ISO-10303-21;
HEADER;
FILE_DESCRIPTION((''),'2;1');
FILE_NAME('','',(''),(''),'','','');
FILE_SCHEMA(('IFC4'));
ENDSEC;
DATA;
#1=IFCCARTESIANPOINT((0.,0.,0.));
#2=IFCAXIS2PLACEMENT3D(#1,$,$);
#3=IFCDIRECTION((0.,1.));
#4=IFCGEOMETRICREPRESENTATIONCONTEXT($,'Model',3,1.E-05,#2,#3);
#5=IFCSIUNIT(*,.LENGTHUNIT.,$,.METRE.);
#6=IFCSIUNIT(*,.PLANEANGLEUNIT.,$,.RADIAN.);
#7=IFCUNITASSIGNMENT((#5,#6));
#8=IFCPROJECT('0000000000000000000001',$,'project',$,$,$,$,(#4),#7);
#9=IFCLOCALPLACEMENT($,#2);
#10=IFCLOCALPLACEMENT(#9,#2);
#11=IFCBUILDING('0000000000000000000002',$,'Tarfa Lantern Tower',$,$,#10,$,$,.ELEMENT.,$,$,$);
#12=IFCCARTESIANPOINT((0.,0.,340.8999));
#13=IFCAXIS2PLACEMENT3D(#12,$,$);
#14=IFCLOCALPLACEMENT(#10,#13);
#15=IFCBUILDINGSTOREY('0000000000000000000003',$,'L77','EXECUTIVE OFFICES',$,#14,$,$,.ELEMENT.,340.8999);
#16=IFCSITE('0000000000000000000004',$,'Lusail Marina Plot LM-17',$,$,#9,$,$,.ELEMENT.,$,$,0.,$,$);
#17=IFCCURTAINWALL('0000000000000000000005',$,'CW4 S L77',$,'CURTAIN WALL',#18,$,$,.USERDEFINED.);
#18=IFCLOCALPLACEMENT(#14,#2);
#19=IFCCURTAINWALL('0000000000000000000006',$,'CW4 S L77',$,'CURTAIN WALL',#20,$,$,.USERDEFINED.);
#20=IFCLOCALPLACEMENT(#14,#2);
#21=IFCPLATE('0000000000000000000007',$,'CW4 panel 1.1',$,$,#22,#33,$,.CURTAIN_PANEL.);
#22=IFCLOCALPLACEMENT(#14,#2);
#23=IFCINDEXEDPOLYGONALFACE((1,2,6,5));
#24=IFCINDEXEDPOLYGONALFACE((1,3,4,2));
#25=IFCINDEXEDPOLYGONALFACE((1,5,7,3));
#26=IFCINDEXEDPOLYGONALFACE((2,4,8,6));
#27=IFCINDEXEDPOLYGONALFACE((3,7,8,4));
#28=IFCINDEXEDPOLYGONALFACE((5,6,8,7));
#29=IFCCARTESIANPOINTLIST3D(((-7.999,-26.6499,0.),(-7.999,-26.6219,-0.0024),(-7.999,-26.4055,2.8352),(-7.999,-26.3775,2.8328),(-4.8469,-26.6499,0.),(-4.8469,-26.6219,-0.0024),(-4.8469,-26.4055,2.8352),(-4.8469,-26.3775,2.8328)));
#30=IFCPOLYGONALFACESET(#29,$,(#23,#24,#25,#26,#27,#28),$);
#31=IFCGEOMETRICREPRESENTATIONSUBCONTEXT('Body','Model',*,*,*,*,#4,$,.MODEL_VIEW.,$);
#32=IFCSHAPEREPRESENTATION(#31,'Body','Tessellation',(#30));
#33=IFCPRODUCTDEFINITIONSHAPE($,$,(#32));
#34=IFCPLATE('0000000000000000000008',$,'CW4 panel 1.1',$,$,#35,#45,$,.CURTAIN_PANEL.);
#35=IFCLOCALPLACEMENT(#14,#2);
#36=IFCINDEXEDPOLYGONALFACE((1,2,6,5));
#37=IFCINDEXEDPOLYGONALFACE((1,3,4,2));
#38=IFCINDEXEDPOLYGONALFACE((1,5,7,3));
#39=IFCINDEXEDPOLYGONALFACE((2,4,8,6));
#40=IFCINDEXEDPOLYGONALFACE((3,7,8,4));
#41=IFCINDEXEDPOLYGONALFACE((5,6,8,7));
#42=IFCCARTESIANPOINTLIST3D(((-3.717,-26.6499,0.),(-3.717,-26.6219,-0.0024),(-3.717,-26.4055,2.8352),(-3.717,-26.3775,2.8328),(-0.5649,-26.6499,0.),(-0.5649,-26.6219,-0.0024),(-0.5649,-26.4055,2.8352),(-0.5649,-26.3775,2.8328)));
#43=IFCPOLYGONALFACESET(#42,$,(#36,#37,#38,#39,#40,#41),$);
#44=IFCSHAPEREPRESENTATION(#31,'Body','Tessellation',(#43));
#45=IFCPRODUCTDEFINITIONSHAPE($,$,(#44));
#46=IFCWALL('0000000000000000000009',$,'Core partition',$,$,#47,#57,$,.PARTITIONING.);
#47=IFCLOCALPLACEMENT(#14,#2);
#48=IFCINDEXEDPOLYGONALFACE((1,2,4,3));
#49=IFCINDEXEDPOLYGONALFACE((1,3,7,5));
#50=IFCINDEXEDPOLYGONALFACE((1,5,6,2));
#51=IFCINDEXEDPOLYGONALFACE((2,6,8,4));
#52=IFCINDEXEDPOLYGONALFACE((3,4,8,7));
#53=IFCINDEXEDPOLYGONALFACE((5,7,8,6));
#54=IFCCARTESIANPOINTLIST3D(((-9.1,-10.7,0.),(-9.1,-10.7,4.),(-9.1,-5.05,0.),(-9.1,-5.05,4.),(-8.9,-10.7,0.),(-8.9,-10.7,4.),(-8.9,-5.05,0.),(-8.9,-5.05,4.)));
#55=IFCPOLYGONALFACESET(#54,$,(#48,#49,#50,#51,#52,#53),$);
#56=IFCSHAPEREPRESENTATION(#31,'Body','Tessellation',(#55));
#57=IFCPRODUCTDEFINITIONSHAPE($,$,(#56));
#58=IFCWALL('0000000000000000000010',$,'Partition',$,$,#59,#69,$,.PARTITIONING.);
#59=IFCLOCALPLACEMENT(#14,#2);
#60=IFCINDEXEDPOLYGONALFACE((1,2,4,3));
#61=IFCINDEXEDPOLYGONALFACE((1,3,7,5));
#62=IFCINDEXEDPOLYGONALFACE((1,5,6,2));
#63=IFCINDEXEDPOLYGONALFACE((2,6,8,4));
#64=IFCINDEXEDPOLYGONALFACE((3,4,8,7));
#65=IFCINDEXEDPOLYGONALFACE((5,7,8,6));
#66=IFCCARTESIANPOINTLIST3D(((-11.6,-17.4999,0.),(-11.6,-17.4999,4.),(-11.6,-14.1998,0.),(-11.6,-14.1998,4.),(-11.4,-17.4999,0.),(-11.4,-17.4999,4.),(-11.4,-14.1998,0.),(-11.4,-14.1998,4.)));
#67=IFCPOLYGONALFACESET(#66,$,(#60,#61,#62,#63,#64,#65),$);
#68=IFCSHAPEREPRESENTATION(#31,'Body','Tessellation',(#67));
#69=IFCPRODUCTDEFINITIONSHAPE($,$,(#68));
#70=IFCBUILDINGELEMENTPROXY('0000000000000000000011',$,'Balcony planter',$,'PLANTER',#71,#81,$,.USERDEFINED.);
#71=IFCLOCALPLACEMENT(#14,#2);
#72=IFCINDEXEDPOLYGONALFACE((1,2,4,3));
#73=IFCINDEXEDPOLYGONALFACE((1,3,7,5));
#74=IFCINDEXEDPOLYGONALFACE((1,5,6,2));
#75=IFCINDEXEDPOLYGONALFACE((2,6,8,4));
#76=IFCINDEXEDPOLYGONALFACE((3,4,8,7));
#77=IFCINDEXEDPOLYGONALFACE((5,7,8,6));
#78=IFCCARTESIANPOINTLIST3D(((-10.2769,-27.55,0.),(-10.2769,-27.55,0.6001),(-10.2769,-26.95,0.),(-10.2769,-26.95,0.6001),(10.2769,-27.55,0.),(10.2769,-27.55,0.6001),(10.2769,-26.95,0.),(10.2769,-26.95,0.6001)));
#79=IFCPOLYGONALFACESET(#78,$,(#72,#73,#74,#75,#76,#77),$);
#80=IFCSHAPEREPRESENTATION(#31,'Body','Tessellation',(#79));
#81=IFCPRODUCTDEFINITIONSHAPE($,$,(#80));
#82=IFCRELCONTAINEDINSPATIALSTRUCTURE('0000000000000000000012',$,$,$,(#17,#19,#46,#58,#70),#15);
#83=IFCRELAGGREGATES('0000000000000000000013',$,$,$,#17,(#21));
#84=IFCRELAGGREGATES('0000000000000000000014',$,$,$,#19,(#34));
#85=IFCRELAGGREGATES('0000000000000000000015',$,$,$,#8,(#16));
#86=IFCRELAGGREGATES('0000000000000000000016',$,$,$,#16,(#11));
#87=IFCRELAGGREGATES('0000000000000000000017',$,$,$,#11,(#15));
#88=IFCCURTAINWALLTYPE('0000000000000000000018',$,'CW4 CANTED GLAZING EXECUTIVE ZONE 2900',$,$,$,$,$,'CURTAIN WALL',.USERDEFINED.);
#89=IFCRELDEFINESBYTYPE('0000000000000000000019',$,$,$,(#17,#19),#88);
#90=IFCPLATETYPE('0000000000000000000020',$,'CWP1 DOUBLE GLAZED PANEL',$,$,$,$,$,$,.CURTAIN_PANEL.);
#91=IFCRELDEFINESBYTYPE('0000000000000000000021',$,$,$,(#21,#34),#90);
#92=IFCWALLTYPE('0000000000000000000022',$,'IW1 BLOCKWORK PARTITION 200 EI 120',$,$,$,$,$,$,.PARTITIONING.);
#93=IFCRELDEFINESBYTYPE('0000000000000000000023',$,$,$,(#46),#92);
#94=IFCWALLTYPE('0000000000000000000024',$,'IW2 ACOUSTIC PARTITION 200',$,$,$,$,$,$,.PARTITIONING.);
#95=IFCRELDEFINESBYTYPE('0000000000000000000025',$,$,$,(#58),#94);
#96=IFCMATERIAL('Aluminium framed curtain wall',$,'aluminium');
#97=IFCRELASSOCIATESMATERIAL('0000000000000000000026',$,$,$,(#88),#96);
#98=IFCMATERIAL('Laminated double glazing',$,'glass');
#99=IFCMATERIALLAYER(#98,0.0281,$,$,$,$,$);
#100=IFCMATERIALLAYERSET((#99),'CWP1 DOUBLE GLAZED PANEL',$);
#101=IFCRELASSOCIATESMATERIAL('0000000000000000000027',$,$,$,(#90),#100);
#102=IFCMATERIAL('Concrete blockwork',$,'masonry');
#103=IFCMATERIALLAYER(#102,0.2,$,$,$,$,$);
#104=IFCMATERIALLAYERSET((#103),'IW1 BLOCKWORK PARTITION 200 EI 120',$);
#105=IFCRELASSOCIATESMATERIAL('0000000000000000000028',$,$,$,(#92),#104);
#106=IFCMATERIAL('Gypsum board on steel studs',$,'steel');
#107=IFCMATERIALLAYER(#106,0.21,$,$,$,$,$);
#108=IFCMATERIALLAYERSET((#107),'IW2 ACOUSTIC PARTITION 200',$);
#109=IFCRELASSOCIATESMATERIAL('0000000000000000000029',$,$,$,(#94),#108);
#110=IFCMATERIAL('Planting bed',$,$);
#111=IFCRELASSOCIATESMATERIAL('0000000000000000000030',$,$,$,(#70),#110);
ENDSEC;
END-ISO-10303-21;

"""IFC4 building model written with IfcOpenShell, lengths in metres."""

from ifc_helpers import new_model, si_unit, direction, frame, frame_2d, origin, origin_2d, place, context, subcontext, project, spatial, polyline, rectangle, outline, extrude, material, layer, layer_set, type_object, element, aggregate, save


model = new_model("IFC4")

# Units and contexts
model_context = context("Model", 3, precision=1e-05, world=origin(), true_north=direction((0.0, 1.0)))
body_context = subcontext(model_context, "Body", "Model", "MODEL_VIEW")
ifc_project = project(units=[si_unit("LENGTHUNIT", "METRE"), si_unit("PLANEANGLEUNIT", "RADIAN")], contexts=[model_context])

# Site, building, storey
site_placement = place(None, origin())
site = spatial("IfcSite", under=ifc_project, at=site_placement, Name="Lusail Marina Plot LM-17", CompositionType="ELEMENT", RefElevation=0.0)
building_placement = place(site_placement, origin())
building = spatial("IfcBuilding", under=site, at=building_placement, Name="Tarfa Lantern Tower", CompositionType="ELEMENT")
storey_placement = place(building_placement, frame((0.0, 0.0, 340.8999)))
storey = spatial("IfcBuildingStorey", under=building, at=storey_placement, Name="L77", Description="EXECUTIVE OFFICES", CompositionType="ELEMENT", Elevation=340.8999)

# Shared definitions
ifc_material_1 = material(Name="Aluminium framed curtain wall", Category="aluminium")
curtain_wall_type = type_object("IfcCurtainWallType", Name="CW4 CANTED GLAZING EXECUTIVE ZONE 2900", ElementType="CURTAIN WALL", PredefinedType="USERDEFINED", material=ifc_material_1)

# Curtain walls
curtain_wall_1_placement = place(storey_placement, origin())
curtain_wall_1 = element("IfcCurtainWall", 1, at=curtain_wall_1_placement, inside=storey, type_object=curtain_wall_type, Name="CW4 S L77", ObjectType="CURTAIN WALL", PredefinedType="USERDEFINED")
curtain_wall_2_placement = place(storey_placement, origin())
curtain_wall_2 = element("IfcCurtainWall", 2, at=curtain_wall_2_placement, inside=storey, type_object=curtain_wall_type, Name="CW4 S L77", ObjectType="CURTAIN WALL", PredefinedType="USERDEFINED")

# Plates
ifc_material_2 = material(Name="Laminated double glazing", Category="glass")
ifc_layer_1 = layer(ifc_material_2, 0.0281)
ifc_layer_set_1 = layer_set([ifc_layer_1], Name="CWP1 DOUBLE GLAZED PANEL")
plate_type = type_object("IfcPlateType", Name="CWP1 DOUBLE GLAZED PANEL", PredefinedType="CURTAIN_PANEL", material=ifc_layer_set_1)
plate_1_placement = place(storey_placement, frame((-7.999, -26.6499, 0.0), z_axis=(0.0, -0.996306, 0.085878), x_axis=(1.0, 0.0, 0.0)))
plate_1 = element("IfcPlate", 3, at=plate_1_placement, type_object=plate_type, Name="CW4 panel 1.1", PredefinedType="CURTAIN_PANEL", context=body_context, shape_type="SweptSolid", body=[
    extrude(outline(polyline([(0.0, 0.0), (3.1521, 0.0), (3.1521, 2.8457), (0.0, 2.8457), (0.0, 0.0)])), origin(), (0.0, 0.0, -1.0), 0.0281),
])
aggregate(curtain_wall_1, [plate_1])
plate_2_placement = place(storey_placement, frame((-3.717, -26.6499, 0.0), z_axis=(0.0, -0.996306, 0.085878), x_axis=(1.0, 0.0, 0.0)))
plate_2 = element("IfcPlate", 4, at=plate_2_placement, type_object=plate_type, Name="CW4 panel 1.1", PredefinedType="CURTAIN_PANEL", context=body_context, shape_type="SweptSolid", body=[
    extrude(outline(polyline([(0.0, 0.0), (3.1521, 0.0), (3.1521, 2.8457), (0.0, 2.8457), (0.0, 0.0)])), origin(), (0.0, 0.0, -1.0), 0.0281),
])
aggregate(curtain_wall_2, [plate_2])

# Walls
ifc_material_3 = material(Name="Concrete blockwork", Category="masonry")
ifc_layer_2 = layer(ifc_material_3, 0.2)
ifc_layer_set_2 = layer_set([ifc_layer_2], Name="IW1 BLOCKWORK PARTITION 200 EI 120")
wall_type_1 = type_object("IfcWallType", Name="IW1 BLOCKWORK PARTITION 200 EI 120", PredefinedType="PARTITIONING", material=ifc_layer_set_2)
wall_1_placement = place(storey_placement, frame((-9.0, -5.05, 0.0), z_axis=(0.0, 0.0, 1.0), x_axis=(0.0, -1.0, 0.0)))
element("IfcWall", 5, at=wall_1_placement, inside=storey, type_object=wall_type_1, Name="Core partition", PredefinedType="PARTITIONING", context=body_context, shape_type="SweptSolid", body=[
    extrude(rectangle(XDim=5.6499, YDim=0.2, at=frame_2d((2.825, 0.0))), origin(), (0.0, 0.0, 1.0), 4.0),
])
ifc_material_4 = material(Name="Gypsum board on steel studs", Category="steel")
ifc_layer_3 = layer(ifc_material_4, 0.21)
ifc_layer_set_3 = layer_set([ifc_layer_3], Name="IW2 ACOUSTIC PARTITION 200")
wall_type_2 = type_object("IfcWallType", Name="IW2 ACOUSTIC PARTITION 200", PredefinedType="PARTITIONING", material=ifc_layer_set_3)
wall_2_placement = place(storey_placement, frame((-11.5, -14.2, 0.0), z_axis=(0.0, 0.0, 1.0), x_axis=(0.0, -1.0, 0.0)))
element("IfcWall", 6, at=wall_2_placement, inside=storey, type_object=wall_type_2, Name="Partition", PredefinedType="PARTITIONING", context=body_context, shape_type="SweptSolid", body=[
    extrude(rectangle(XDim=3.3, YDim=0.2, at=frame_2d((1.6499, 0.0))), origin(), (0.0, 0.0, 1.0), 4.0),
])

# Building element proxy
ifc_material_5 = material(Name="Planting bed")
proxy_placement = place(storey_placement, frame((0.0, -27.25, 0.0), z_axis=(0.0, 0.0, 1.0), x_axis=(1.0, 0.0, 0.0)))
element("IfcBuildingElementProxy", 7, at=proxy_placement, inside=storey, material=ifc_material_5, Name="Balcony planter", ObjectType="PLANTER", PredefinedType="USERDEFINED", context=body_context, shape_type="SweptSolid", body=[
    extrude(rectangle(XDim=20.5537, YDim=0.6001, at=origin_2d()), origin(), (0.0, 0.0, 1.0), 0.6001),
])

save(model, "model.ifc")
